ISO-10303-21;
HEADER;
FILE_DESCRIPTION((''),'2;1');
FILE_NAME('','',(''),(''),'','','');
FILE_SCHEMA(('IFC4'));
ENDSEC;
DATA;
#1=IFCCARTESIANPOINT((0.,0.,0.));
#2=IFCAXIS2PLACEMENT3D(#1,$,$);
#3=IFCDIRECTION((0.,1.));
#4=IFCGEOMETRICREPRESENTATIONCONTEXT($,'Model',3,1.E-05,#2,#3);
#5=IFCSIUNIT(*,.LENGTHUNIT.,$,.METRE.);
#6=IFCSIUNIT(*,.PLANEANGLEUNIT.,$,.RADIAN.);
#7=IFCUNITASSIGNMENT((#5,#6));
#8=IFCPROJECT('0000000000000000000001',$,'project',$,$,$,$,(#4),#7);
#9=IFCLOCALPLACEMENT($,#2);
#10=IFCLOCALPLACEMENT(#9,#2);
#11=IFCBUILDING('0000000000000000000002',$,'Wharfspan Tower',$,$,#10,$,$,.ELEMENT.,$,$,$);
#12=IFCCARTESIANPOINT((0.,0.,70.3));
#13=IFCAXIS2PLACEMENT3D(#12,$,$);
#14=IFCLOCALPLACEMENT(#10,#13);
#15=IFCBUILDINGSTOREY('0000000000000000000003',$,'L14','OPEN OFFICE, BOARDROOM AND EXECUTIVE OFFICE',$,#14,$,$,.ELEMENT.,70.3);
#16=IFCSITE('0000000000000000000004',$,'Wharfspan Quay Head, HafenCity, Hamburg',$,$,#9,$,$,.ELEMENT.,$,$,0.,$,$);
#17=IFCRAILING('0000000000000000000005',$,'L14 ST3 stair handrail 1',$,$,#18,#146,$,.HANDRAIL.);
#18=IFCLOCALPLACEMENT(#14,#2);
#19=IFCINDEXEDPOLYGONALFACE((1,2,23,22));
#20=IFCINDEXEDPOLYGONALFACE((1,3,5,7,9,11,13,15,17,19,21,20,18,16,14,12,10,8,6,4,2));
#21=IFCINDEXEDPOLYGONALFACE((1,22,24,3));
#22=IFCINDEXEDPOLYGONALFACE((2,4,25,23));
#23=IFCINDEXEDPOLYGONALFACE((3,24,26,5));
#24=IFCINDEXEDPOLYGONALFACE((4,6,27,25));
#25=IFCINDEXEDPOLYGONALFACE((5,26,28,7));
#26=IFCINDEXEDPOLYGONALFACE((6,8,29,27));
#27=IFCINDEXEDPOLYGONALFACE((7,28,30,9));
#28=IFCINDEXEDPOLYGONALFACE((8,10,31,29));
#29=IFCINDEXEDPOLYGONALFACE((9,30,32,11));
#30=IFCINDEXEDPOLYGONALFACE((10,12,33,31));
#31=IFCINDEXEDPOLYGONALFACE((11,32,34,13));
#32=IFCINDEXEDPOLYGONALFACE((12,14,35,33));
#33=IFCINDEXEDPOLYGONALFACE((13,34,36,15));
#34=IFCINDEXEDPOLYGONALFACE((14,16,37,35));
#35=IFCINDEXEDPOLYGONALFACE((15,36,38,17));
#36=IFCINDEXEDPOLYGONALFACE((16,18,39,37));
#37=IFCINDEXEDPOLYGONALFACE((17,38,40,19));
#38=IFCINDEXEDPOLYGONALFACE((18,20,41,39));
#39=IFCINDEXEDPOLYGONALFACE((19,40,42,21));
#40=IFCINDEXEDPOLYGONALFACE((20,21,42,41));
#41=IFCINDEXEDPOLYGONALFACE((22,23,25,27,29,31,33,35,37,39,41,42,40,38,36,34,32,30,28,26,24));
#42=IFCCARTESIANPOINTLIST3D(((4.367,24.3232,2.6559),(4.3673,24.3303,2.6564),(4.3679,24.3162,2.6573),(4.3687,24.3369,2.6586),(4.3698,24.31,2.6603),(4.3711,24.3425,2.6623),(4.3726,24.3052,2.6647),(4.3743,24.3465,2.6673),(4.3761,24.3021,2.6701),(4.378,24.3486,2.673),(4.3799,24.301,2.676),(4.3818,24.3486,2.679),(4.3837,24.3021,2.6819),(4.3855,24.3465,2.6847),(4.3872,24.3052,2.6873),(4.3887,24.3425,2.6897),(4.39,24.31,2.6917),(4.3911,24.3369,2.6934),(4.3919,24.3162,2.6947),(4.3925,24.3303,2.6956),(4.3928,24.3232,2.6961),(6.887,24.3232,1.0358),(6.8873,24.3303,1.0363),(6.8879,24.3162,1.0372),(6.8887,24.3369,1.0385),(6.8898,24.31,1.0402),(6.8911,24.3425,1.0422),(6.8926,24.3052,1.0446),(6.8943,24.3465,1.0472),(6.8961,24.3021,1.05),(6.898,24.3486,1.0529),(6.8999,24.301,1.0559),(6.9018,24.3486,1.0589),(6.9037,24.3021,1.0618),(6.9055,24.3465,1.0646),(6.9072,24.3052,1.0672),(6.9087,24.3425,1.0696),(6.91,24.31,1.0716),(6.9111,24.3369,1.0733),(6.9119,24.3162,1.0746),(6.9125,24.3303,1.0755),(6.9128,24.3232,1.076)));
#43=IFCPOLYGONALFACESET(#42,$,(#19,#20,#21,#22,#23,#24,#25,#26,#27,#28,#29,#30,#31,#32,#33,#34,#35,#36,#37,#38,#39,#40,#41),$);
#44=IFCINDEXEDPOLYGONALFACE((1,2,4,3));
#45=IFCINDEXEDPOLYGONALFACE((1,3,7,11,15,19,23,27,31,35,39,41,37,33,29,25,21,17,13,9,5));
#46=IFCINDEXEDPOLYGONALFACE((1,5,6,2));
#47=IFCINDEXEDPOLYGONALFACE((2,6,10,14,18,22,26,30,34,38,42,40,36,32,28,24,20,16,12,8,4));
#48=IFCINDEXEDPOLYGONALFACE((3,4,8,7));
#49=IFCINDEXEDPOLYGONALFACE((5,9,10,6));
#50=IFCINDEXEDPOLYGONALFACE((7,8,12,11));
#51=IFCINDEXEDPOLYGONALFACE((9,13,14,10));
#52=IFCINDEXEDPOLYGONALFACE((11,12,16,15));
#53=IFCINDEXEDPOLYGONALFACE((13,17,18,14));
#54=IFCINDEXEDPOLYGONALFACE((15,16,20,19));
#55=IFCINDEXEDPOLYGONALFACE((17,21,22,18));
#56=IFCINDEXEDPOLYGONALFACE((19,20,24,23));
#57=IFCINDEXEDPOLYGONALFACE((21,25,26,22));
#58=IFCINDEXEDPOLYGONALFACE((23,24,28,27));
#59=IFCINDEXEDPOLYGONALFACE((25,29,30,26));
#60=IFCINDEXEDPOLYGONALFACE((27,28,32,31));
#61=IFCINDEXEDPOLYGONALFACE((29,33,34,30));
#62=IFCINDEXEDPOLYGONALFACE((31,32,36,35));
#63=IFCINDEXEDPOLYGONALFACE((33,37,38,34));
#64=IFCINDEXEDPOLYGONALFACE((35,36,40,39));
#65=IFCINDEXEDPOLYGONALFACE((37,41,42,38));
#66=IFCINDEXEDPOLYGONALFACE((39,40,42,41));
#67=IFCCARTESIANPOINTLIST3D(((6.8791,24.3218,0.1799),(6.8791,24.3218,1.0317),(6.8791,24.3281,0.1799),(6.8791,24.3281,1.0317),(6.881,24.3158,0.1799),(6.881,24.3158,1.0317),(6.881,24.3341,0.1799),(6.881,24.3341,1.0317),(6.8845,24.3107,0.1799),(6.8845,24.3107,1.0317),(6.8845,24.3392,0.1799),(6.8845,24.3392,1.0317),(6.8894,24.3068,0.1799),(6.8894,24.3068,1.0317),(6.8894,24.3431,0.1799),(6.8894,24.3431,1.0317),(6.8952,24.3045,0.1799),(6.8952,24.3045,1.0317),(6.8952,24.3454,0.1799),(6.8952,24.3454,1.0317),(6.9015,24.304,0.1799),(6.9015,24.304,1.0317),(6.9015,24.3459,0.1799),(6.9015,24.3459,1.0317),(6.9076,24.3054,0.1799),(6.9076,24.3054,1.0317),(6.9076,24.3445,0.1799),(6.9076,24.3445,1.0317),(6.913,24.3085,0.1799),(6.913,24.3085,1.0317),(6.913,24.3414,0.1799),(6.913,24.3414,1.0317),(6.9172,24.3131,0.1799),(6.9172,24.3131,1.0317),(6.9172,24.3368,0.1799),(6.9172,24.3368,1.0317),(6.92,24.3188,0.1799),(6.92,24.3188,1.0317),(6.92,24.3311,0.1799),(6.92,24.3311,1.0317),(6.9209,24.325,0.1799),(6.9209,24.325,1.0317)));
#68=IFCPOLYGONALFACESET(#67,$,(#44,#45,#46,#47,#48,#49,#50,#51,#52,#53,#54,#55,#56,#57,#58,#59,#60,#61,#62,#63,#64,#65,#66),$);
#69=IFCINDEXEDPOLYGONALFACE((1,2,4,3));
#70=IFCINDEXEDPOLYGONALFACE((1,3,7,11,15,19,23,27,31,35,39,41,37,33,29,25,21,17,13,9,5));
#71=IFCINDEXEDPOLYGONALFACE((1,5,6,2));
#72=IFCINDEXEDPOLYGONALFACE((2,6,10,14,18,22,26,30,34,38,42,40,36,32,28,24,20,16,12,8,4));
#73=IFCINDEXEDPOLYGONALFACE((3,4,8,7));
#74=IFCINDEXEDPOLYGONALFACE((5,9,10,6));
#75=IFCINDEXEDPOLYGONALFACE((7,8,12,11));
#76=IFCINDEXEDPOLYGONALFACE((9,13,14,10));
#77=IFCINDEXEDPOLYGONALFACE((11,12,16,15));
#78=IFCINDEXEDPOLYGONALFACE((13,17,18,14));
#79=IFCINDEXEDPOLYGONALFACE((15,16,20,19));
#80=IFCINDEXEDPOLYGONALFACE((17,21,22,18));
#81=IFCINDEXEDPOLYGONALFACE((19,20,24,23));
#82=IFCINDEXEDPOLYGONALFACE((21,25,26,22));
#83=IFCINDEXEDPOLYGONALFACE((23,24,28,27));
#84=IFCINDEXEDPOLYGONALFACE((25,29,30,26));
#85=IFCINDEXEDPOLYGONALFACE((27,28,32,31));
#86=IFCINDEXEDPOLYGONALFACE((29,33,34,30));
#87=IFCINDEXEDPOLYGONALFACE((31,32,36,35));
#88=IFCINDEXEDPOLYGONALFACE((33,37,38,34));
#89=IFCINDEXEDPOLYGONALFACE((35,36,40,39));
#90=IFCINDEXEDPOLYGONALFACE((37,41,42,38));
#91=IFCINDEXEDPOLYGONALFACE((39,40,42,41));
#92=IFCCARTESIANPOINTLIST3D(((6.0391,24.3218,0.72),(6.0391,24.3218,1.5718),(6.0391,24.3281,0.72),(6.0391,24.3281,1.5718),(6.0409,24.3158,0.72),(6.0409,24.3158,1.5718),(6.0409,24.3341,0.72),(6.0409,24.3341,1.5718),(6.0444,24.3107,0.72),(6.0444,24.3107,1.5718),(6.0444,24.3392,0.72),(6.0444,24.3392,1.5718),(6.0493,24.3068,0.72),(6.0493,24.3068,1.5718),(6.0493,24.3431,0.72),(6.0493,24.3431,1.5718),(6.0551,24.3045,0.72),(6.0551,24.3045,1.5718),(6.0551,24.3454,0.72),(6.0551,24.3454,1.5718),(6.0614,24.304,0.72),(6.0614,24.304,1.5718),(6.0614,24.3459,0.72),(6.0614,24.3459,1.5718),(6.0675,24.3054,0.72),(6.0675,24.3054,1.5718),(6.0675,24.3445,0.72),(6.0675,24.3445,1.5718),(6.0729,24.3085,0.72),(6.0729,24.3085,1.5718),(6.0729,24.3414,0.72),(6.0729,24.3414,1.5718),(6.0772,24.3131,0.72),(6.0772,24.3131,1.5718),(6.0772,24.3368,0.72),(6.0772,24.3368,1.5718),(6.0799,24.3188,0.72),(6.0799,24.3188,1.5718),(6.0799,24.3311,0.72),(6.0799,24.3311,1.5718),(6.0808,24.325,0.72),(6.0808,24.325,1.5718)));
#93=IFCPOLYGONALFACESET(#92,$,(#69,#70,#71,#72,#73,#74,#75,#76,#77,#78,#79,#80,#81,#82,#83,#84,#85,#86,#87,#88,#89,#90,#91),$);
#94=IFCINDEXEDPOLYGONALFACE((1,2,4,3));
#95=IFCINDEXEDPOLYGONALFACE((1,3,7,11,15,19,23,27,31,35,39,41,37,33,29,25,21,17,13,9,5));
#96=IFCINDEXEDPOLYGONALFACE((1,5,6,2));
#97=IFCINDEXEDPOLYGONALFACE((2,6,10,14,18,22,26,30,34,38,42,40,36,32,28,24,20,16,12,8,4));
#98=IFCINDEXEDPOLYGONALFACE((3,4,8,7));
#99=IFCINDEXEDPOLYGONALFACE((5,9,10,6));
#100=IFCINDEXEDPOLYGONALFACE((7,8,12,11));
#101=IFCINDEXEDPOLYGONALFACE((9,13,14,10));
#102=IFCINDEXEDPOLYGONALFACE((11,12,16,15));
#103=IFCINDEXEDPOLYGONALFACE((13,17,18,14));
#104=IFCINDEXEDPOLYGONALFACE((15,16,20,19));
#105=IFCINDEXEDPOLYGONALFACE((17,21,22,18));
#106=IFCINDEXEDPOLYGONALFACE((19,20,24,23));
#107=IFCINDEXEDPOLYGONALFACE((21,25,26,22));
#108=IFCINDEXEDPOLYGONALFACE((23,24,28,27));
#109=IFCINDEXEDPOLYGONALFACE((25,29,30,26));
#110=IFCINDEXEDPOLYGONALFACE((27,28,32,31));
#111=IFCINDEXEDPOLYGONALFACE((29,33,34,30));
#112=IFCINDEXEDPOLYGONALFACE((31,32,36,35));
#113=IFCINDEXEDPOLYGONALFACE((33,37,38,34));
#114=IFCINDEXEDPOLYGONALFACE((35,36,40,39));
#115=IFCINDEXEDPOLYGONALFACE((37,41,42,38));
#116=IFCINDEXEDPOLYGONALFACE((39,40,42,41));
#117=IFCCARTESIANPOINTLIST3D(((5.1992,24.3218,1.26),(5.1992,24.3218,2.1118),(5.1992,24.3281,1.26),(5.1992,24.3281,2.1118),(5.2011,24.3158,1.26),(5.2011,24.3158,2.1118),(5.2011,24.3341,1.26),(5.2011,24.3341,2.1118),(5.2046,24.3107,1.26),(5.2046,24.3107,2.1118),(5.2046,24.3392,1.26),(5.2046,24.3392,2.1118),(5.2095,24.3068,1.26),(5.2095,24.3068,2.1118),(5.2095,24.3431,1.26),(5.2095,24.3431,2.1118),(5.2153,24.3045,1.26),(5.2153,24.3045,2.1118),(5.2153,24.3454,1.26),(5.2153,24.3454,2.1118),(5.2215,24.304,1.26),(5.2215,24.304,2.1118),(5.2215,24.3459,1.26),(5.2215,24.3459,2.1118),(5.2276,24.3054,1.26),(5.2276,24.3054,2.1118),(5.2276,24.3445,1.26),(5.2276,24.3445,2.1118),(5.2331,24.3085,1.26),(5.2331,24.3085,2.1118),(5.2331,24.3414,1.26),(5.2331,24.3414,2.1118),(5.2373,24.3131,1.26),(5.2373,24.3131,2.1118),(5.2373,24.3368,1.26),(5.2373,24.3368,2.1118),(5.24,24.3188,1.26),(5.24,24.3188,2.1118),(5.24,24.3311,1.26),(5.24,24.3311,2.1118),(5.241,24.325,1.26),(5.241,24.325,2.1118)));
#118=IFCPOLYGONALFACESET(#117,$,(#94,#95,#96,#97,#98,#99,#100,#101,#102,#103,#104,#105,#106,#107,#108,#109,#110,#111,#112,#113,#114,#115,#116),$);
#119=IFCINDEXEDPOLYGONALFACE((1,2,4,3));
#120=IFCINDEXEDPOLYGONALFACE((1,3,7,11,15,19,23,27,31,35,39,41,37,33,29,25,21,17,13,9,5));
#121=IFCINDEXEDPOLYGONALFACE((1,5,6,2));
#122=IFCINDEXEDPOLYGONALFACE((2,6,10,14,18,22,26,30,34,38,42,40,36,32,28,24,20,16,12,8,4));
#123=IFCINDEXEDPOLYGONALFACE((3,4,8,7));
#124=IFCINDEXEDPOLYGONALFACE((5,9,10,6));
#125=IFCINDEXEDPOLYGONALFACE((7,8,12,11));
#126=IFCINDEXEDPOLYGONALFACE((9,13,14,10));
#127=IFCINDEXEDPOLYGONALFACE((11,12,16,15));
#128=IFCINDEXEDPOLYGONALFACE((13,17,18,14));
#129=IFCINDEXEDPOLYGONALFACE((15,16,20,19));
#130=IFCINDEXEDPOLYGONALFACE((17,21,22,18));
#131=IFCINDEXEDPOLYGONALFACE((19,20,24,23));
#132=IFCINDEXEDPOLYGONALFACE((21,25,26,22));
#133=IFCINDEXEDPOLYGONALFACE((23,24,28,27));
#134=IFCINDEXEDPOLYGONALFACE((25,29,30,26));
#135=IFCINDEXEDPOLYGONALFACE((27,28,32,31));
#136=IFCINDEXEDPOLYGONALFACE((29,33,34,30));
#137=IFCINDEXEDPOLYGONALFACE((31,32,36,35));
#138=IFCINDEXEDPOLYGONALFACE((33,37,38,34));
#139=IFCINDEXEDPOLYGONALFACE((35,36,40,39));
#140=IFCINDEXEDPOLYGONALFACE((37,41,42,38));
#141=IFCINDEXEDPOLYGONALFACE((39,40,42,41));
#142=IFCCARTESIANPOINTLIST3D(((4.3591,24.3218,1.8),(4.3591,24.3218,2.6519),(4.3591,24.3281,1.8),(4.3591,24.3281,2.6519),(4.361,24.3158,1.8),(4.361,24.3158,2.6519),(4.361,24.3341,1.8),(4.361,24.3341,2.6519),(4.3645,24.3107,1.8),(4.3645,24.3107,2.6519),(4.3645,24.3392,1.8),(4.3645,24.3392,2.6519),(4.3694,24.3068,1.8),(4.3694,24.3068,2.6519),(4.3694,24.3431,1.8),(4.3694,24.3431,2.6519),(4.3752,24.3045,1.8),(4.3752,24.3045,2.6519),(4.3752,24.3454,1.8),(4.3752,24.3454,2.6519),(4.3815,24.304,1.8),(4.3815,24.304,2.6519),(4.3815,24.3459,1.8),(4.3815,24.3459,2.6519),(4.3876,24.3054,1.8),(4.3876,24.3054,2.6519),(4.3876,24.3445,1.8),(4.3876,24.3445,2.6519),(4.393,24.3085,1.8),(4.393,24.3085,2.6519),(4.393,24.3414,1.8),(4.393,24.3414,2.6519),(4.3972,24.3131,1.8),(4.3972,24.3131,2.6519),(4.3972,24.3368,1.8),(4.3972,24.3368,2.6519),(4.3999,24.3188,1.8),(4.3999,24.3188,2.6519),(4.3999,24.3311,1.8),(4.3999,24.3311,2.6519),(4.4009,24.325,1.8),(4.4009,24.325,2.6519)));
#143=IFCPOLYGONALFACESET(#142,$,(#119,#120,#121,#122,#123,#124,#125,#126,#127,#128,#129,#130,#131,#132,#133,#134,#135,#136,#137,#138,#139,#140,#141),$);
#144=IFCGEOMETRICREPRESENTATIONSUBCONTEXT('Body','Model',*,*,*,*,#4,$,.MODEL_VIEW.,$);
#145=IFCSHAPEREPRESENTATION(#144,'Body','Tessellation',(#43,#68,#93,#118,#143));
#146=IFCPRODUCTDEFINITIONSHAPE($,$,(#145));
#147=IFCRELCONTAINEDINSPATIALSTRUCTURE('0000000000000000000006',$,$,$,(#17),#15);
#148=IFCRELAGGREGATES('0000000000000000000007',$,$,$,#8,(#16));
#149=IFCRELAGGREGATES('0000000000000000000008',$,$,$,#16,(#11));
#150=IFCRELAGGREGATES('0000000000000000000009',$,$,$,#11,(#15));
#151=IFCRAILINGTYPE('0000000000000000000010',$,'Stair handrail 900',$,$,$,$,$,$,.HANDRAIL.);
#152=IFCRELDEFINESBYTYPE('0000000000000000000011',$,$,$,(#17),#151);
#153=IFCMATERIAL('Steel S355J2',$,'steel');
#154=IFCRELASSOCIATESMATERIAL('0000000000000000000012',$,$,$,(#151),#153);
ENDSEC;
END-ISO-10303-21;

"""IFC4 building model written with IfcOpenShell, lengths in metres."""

from ifc_helpers import new_model, si_unit, direction, frame, origin, origin_2d, place, context, subcontext, project, spatial, circle, extrude, material, type_object, element, save


model = new_model("IFC4")

# Units and contexts
model_context = context("Model", 3, precision=1e-05, world=origin(), true_north=direction((0.0, 1.0)))
body_context = subcontext(model_context, "Body", "Model", "MODEL_VIEW")
ifc_project = project(units=[si_unit("LENGTHUNIT", "METRE"), si_unit("PLANEANGLEUNIT", "RADIAN")], contexts=[model_context])

# Site, building, storey
site_placement = place(None, origin())
site = spatial("IfcSite", under=ifc_project, at=site_placement, Name="Wharfspan Quay Head, HafenCity, Hamburg", CompositionType="ELEMENT", RefElevation=0.0)
building_placement = place(site_placement, origin())
building = spatial("IfcBuilding", under=site, at=building_placement, Name="Wharfspan Tower", CompositionType="ELEMENT")
storey_placement = place(building_placement, frame((0.0, 0.0, 70.3)))
storey = spatial("IfcBuildingStorey", under=building, at=storey_placement, Name="L14", Description="OPEN OFFICE, BOARDROOM AND EXECUTIVE OFFICE", CompositionType="ELEMENT", Elevation=70.3)

# Railing
ifc_material_1 = material(Name="Steel S355J2", Category="steel")
railing_type = type_object("IfcRailingType", Name="Stair handrail 900", PredefinedType="HANDRAIL", material=ifc_material_1)
railing_placement = place(storey_placement, frame((6.8999, 24.325, 0.1799)))
element("IfcRailing", 1, at=railing_placement, inside=storey, type_object=railing_type, Name="L14 ST3 stair handrail 1", PredefinedType="HANDRAIL", context=body_context, shape_type="SweptSolid", body=[
    extrude(circle(Radius=0.0239, at=origin_2d()), frame((0.0, 0.0, 0.876), z_axis=(-0.841163, 0.0, 0.540782), x_axis=(0.0, -1.0, 0.0)), (0.0, 0.0, 1.0), 2.9958),
    extrude(circle(Radius=0.021, at=origin_2d()), origin(), (0.0, 0.0, 1.0), 0.8518),
    extrude(circle(Radius=0.021, at=origin_2d()), frame((-0.8401, 0.0, 0.54)), (0.0, 0.0, 1.0), 0.8518),
    extrude(circle(Radius=0.021, at=origin_2d()), frame((-1.6799, 0.0, 1.0801)), (0.0, 0.0, 1.0), 0.8518),
    extrude(circle(Radius=0.021, at=origin_2d()), frame((-2.52, 0.0, 1.6201)), (0.0, 0.0, 1.0), 0.8518),
])

save(model, "model.ifc")
